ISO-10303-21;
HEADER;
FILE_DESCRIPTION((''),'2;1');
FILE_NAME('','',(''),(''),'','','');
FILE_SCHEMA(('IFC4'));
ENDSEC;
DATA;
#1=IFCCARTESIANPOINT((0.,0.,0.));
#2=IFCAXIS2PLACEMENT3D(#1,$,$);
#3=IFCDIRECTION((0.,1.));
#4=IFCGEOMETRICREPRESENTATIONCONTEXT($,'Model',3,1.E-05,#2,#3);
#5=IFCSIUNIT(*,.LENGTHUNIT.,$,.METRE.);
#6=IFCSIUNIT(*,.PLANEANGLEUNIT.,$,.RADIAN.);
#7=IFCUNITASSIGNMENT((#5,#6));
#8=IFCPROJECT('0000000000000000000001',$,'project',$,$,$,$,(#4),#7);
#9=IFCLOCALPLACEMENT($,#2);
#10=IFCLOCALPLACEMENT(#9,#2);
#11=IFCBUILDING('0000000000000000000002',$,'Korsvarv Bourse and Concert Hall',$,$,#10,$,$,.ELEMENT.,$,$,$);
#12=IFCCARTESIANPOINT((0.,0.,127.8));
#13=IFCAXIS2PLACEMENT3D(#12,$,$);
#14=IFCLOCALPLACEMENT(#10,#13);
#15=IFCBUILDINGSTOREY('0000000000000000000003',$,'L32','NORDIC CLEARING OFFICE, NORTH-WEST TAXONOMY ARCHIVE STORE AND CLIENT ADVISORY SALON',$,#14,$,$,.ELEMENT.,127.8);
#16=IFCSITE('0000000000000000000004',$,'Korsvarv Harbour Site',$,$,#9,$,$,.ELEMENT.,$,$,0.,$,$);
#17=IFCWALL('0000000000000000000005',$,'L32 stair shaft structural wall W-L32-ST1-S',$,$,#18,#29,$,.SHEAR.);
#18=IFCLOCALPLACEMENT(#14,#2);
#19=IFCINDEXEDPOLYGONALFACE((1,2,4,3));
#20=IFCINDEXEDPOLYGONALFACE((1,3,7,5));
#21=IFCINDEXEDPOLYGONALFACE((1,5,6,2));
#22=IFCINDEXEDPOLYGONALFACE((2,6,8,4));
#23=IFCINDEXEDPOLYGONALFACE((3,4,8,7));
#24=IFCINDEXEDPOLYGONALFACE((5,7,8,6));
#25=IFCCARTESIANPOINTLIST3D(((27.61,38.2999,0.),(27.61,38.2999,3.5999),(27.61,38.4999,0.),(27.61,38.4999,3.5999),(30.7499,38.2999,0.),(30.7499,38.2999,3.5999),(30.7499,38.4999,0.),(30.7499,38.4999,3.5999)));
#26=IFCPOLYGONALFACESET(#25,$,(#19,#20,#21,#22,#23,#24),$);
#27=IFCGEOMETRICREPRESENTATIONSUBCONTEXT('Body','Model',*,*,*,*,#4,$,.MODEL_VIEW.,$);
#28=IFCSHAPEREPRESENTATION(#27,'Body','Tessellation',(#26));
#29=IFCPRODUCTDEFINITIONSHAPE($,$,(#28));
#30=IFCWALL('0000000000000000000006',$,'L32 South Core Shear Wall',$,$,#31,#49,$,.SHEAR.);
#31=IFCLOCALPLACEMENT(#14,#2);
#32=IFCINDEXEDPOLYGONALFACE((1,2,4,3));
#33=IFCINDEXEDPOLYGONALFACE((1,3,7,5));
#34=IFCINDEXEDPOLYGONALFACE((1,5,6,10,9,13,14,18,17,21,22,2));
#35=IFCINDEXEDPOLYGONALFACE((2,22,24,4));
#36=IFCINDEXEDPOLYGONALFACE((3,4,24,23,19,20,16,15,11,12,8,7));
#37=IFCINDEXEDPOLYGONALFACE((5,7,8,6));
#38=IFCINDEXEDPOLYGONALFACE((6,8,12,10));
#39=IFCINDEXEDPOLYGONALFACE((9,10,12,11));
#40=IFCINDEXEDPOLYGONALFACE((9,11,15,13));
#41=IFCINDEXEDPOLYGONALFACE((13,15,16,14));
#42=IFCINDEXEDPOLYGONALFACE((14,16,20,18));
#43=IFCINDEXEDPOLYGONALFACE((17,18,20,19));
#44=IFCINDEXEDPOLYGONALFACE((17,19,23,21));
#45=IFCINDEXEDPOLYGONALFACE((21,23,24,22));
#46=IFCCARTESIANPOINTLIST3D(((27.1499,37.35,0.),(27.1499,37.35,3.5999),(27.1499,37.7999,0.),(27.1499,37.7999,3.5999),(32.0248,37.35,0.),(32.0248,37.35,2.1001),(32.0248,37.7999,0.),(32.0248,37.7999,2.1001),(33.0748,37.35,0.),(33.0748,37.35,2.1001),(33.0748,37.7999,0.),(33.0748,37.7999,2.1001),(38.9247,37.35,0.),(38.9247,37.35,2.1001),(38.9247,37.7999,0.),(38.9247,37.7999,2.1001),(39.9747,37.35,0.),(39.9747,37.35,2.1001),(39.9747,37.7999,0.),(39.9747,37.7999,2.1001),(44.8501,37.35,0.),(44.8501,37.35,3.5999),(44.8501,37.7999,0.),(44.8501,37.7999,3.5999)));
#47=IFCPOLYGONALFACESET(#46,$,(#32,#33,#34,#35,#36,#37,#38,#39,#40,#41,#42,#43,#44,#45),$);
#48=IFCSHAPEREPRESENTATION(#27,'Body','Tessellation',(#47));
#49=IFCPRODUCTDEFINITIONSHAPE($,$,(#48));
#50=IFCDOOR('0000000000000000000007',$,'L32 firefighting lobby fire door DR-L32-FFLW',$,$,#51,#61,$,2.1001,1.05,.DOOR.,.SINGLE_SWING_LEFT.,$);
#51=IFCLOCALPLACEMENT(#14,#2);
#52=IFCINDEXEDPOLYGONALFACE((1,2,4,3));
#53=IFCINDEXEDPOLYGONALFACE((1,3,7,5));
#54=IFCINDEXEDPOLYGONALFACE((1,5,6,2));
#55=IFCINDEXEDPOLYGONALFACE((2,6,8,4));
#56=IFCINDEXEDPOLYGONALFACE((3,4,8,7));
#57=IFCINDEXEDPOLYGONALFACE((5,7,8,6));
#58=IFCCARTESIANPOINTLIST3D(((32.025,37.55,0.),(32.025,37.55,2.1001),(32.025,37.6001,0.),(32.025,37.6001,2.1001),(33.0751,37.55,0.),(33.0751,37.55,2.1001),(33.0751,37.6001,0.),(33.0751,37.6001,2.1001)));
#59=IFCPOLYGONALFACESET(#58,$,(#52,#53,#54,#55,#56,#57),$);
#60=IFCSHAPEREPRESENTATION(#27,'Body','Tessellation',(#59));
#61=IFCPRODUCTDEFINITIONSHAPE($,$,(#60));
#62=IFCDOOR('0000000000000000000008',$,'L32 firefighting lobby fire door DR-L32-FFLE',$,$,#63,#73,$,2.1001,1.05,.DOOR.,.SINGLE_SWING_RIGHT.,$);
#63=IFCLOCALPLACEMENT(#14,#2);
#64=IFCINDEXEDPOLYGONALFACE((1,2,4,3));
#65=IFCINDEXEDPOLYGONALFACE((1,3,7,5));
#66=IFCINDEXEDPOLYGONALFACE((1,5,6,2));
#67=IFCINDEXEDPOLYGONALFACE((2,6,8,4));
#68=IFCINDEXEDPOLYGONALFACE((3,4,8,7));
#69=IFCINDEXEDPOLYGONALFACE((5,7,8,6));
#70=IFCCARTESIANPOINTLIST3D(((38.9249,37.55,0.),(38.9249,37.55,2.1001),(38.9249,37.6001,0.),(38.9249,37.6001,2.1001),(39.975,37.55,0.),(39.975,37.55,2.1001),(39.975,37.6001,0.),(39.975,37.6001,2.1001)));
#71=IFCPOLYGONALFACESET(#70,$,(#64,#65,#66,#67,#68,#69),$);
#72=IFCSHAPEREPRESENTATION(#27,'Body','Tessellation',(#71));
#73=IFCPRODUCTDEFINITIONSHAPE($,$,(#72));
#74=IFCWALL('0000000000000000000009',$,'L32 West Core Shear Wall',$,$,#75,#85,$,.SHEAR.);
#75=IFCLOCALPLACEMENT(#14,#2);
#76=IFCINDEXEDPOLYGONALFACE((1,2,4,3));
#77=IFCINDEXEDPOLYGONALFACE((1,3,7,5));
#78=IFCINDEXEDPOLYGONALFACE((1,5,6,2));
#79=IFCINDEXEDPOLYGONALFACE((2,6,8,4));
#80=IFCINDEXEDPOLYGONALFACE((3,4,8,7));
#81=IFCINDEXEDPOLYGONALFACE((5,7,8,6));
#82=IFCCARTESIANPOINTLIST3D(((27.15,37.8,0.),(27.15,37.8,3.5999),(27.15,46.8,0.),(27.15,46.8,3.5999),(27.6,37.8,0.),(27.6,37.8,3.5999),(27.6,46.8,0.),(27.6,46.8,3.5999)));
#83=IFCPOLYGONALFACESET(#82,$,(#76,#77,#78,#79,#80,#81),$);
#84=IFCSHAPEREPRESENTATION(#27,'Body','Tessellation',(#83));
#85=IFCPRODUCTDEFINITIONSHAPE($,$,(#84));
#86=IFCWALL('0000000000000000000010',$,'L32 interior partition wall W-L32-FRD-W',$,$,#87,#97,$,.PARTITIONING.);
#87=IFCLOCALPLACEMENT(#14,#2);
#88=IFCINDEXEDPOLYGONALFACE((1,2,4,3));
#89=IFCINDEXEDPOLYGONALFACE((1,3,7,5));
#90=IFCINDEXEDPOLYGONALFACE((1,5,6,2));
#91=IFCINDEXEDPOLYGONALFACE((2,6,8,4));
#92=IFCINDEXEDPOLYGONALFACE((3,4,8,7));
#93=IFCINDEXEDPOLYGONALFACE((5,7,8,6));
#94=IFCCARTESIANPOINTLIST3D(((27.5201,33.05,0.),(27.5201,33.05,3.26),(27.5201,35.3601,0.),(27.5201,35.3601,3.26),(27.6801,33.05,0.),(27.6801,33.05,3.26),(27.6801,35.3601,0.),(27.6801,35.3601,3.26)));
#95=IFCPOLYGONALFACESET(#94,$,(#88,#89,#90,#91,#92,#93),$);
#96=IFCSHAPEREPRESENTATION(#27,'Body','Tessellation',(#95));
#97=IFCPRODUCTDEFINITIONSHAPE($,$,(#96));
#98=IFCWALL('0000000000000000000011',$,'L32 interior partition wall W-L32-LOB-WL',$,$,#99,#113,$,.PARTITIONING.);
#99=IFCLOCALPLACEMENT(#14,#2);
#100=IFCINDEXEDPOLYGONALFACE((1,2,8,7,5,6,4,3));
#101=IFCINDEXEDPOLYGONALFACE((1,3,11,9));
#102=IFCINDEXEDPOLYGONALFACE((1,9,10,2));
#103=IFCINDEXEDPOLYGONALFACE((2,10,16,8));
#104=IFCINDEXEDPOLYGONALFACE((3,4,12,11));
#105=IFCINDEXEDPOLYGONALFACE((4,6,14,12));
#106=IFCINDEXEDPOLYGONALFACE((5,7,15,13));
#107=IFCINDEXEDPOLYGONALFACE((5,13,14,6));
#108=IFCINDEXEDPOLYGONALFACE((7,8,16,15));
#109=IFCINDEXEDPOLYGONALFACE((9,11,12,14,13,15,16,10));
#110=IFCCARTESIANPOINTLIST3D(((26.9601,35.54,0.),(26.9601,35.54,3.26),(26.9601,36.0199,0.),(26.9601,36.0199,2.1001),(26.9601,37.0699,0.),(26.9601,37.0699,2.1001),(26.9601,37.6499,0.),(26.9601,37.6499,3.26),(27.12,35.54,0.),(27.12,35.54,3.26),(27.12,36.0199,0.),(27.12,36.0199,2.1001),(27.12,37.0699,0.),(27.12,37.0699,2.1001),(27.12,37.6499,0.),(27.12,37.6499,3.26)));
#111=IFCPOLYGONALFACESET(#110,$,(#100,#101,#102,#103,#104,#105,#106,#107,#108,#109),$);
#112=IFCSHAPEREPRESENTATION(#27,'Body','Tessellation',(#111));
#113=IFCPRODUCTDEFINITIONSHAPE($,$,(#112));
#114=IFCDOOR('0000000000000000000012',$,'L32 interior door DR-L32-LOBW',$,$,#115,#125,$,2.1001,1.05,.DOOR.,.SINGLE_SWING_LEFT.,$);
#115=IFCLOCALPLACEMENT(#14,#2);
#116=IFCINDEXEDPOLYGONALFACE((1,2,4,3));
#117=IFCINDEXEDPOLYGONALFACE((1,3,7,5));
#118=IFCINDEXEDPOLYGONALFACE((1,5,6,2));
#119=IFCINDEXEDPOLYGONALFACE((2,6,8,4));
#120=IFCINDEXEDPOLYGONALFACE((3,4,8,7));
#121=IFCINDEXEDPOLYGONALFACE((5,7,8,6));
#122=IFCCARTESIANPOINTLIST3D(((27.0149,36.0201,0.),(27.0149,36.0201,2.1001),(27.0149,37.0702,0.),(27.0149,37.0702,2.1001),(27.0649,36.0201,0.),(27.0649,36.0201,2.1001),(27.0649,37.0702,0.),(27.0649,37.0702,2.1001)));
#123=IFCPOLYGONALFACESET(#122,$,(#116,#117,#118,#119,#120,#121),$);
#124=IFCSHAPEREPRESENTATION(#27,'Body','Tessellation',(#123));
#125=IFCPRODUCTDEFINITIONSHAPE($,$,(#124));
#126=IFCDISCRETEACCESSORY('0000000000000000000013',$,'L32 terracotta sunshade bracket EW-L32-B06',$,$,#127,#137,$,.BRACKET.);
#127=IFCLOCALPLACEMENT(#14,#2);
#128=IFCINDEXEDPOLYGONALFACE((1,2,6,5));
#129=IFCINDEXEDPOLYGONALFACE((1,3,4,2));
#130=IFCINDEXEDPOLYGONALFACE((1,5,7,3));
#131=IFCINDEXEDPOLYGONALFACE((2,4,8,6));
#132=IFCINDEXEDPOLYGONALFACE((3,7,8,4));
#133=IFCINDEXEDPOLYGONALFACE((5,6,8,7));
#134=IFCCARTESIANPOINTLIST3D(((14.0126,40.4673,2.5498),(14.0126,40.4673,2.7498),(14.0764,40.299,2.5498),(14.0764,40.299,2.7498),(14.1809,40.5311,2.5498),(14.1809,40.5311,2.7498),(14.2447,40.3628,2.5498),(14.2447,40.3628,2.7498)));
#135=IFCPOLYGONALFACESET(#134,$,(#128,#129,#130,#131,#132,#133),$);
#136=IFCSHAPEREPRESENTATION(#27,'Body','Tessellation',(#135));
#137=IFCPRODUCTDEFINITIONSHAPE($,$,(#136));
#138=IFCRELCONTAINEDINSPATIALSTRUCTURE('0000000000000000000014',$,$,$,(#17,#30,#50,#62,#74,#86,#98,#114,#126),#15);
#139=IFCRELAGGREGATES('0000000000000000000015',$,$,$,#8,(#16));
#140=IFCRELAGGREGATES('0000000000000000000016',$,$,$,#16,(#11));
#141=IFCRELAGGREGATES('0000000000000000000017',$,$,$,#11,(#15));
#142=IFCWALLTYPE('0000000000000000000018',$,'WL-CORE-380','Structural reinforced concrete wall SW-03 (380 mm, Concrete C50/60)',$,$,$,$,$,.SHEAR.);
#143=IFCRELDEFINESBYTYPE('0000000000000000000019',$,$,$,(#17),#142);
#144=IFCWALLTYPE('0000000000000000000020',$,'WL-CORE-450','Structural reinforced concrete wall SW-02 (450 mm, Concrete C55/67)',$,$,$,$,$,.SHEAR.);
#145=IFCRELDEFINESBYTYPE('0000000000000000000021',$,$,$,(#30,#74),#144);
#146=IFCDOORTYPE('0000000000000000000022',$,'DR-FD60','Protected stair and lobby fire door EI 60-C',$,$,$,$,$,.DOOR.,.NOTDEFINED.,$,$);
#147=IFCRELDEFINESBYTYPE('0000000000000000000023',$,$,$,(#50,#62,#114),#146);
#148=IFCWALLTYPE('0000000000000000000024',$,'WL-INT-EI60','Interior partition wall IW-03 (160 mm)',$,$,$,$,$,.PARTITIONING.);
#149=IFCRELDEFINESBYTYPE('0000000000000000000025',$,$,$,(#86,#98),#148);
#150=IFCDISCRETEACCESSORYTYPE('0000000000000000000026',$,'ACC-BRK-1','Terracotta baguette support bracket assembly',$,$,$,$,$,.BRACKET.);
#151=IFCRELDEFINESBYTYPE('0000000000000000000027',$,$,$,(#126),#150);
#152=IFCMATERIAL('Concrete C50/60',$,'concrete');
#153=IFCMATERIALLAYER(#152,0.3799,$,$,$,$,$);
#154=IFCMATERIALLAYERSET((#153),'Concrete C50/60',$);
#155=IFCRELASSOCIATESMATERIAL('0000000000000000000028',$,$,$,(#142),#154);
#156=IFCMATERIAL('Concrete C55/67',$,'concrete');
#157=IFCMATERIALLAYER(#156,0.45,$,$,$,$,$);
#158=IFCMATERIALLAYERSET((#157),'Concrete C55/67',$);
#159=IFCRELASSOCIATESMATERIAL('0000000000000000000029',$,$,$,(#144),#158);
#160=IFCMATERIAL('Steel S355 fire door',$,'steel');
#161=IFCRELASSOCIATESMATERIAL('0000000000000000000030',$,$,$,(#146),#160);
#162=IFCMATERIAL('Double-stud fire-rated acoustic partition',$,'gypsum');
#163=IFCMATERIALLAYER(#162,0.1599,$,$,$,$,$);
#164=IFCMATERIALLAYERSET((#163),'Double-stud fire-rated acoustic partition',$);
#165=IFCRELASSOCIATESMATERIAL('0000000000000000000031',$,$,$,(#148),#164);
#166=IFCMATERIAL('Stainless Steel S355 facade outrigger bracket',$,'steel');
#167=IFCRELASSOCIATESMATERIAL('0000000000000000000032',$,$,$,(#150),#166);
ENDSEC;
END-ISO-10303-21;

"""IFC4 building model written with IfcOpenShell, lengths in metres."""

from ifc_helpers import new_model, si_unit, direction, frame, frame_2d, origin, origin_2d, place, context, subcontext, project, spatial, rectangle, extrude, source, transform, mapped, material, layer, layer_set, type_object, element, fill, save


model = new_model("IFC4")

# Units and contexts
model_context = context("Model", 3, precision=1e-05, world=origin(), true_north=direction((0.0, 1.0)))
body_context = subcontext(model_context, "Body", "Model", "MODEL_VIEW")
ifc_project = project(units=[si_unit("LENGTHUNIT", "METRE"), si_unit("PLANEANGLEUNIT", "RADIAN")], contexts=[model_context])

# Site, building, storey
site_placement = place(None, origin())
site = spatial("IfcSite", under=ifc_project, at=site_placement, Name="Korsvarv Harbour Site", CompositionType="ELEMENT", RefElevation=0.0)
building_placement = place(site_placement, origin())
building = spatial("IfcBuilding", under=site, at=building_placement, Name="Korsvarv Bourse and Concert Hall", CompositionType="ELEMENT")
storey_placement = place(building_placement, frame((0.0, 0.0, 127.8)))
storey = spatial("IfcBuildingStorey", under=building, at=storey_placement, Name="L32", Description="NORDIC CLEARING OFFICE, NORTH-WEST TAXONOMY ARCHIVE STORE AND CLIENT ADVISORY SALON", CompositionType="ELEMENT", Elevation=127.8)

# Wall
ifc_material_1 = material(Name="Concrete C50/60", Category="concrete")
ifc_layer_1 = layer(ifc_material_1, 0.3799)
ifc_layer_set_1 = layer_set([ifc_layer_1], Name="Concrete C50/60")
wall_type_1 = type_object("IfcWallType", Name="WL-CORE-380", Description="Structural reinforced concrete wall SW-03 (380 mm, Concrete C50/60)", PredefinedType="SHEAR", material=ifc_layer_set_1)
wall_1_placement = place(storey_placement, frame((27.6101, 38.3999, 0.0), z_axis=(0.0, 0.0, 1.0), x_axis=(1.0, 0.0, 0.0)))
element("IfcWall", 1, at=wall_1_placement, inside=storey, type_object=wall_type_1, Name="L32 stair shaft structural wall W-L32-ST1-S", PredefinedType="SHEAR", context=body_context, shape_type="SweptSolid", body=[
    extrude(rectangle(XDim=3.1399, YDim=0.2, at=frame_2d((1.5698, 0.0))), origin(), (0.0, 0.0, 1.0), 3.5999),
])

# Wall, openings, doors
ifc_material_2 = material(Name="Concrete C55/67", Category="concrete")
ifc_layer_2 = layer(ifc_material_2, 0.45)
ifc_layer_set_2 = layer_set([ifc_layer_2], Name="Concrete C55/67")
wall_type_2 = type_object("IfcWallType", Name="WL-CORE-450", Description="Structural reinforced concrete wall SW-02 (450 mm, Concrete C55/67)", PredefinedType="SHEAR", material=ifc_layer_set_2)
wall_2_placement = place(storey_placement, frame((27.1499, 37.575, 0.0), z_axis=(0.0, 0.0, 1.0), x_axis=(1.0, 0.0, 0.0)))
wall_2 = element("IfcWall", 2, at=wall_2_placement, inside=storey, type_object=wall_type_2, Name="L32 South Core Shear Wall", PredefinedType="SHEAR", context=body_context, shape_type="SweptSolid", body=[
    extrude(rectangle(XDim=17.7002, YDim=0.45, at=frame_2d((8.8501, 0.0))), origin(), (0.0, 0.0, 1.0), 3.5999),
])
opening_1_placement = place(wall_2_placement, frame((4.875, 0.0, 0.0)))
opening_1 = element("IfcOpeningElement", 3, at=opening_1_placement, cuts=wall_2, PredefinedType="OPENING", context=body_context, shape_type="SweptSolid", body=[
    extrude(rectangle(XDim=1.05, YDim=2.1001, at=frame_2d((0.5249, 1.05))), frame((0.0, 0.2349, 0.0), z_axis=(0.0, -1.0, 0.0), x_axis=(1.0, 0.0, 0.0)), (0.0, 0.0, 1.0), 0.47),
])
opening_2_placement = place(wall_2_placement, frame((11.7749, 0.0, 0.0)))
opening_2 = element("IfcOpeningElement", 4, at=opening_2_placement, cuts=wall_2, PredefinedType="OPENING", context=body_context, shape_type="SweptSolid", body=[
    extrude(rectangle(XDim=1.05, YDim=2.1001, at=frame_2d((0.5249, 1.05))), frame((0.0, 0.2349, 0.0), z_axis=(0.0, -1.0, 0.0), x_axis=(1.0, 0.0, 0.0)), (0.0, 0.0, 1.0), 0.47),
])
ifc_material_3 = material(Name="Steel S355 fire door", Category="steel")
door_type = type_object("IfcDoorType", Name="DR-FD60", Description="Protected stair and lobby fire door EI 60-C", OperationType="NOTDEFINED", PredefinedType="DOOR", material=ifc_material_3)
door_1_placement = place(opening_1_placement, frame((1.05, 0.0, 0.0), z_axis=(0.0, 0.0, 1.0), x_axis=(-1.0, 0.0, 0.0)))
door_1 = element("IfcDoor", 5, at=door_1_placement, inside=storey, type_object=door_type, Name="L32 firefighting lobby fire door DR-L32-FFLW", OperationType="SINGLE_SWING_LEFT", OverallHeight=2.1001, OverallWidth=1.05, PredefinedType="DOOR", context=body_context, shape_type="SweptSolid", body=[
    extrude(rectangle(XDim=1.05, YDim=2.1001, at=frame_2d((0.5249, 1.05))), frame((0.0, 0.0249, 0.0), z_axis=(0.0, -1.0, 0.0), x_axis=(1.0, 0.0, 0.0)), (0.0, 0.0, 1.0), 0.05),
])
fill(opening_1, door_1)
door_2_placement = place(opening_2_placement, frame((1.05, 0.0, 0.0), z_axis=(0.0, 0.0, 1.0), x_axis=(-1.0, 0.0, 0.0)))
door_2 = element("IfcDoor", 6, at=door_2_placement, inside=storey, type_object=door_type, Name="L32 firefighting lobby fire door DR-L32-FFLE", OperationType="SINGLE_SWING_RIGHT", OverallHeight=2.1001, OverallWidth=1.05, PredefinedType="DOOR", context=body_context, shape_type="SweptSolid", body=[
    extrude(rectangle(XDim=1.05, YDim=2.1001, at=frame_2d((0.5249, 1.05))), frame((0.0, 0.0249, 0.0), z_axis=(0.0, -1.0, 0.0), x_axis=(1.0, 0.0, 0.0)), (0.0, 0.0, 1.0), 0.05),
])
fill(opening_2, door_2)

# Walls
wall_3_placement = place(storey_placement, frame((27.375, 37.8, 0.0), z_axis=(0.0, 0.0, 1.0), x_axis=(0.0, 1.0, 0.0)))
element("IfcWall", 7, at=wall_3_placement, inside=storey, type_object=wall_type_2, Name="L32 West Core Shear Wall", PredefinedType="SHEAR", context=body_context, shape_type="SweptSolid", body=[
    extrude(rectangle(XDim=9.0, YDim=0.45, at=frame_2d((4.5, 0.0))), origin(), (0.0, 0.0, 1.0), 3.5999),
])
ifc_material_4 = material(Name="Double-stud fire-rated acoustic partition", Category="gypsum")
ifc_layer_3 = layer(ifc_material_4, 0.1599)
ifc_layer_set_3 = layer_set([ifc_layer_3], Name="Double-stud fire-rated acoustic partition")
wall_type_3 = type_object("IfcWallType", Name="WL-INT-EI60", Description="Interior partition wall IW-03 (160 mm)", PredefinedType="PARTITIONING", material=ifc_layer_set_3)
wall_4_placement = place(storey_placement, frame((27.6001, 33.05, 0.0), z_axis=(0.0, 0.0, 1.0), x_axis=(0.0, 1.0, 0.0)))
element("IfcWall", 8, at=wall_4_placement, inside=storey, type_object=wall_type_3, Name="L32 interior partition wall W-L32-FRD-W", PredefinedType="PARTITIONING", context=body_context, shape_type="SweptSolid", body=[
    extrude(rectangle(XDim=2.3101, YDim=0.1599, at=frame_2d((1.155, 0.0))), origin(), (0.0, 0.0, 1.0), 3.26),
])

# Wall, opening, door
wall_5_placement = place(storey_placement, frame((27.04, 35.54, 0.0), z_axis=(0.0, 0.0, 1.0), x_axis=(0.0, 1.0, 0.0)))
wall_5 = element("IfcWall", 9, at=wall_5_placement, inside=storey, type_object=wall_type_3, Name="L32 interior partition wall W-L32-LOB-WL", PredefinedType="PARTITIONING", context=body_context, shape_type="SweptSolid", body=[
    extrude(rectangle(XDim=2.1099, YDim=0.1599, at=frame_2d((1.0549, 0.0))), origin(), (0.0, 0.0, 1.0), 3.26),
])
opening_3_placement = place(wall_5_placement, frame((0.48, 0.0, 0.0)))
opening_3 = element("IfcOpeningElement", 10, at=opening_3_placement, cuts=wall_5, PredefinedType="OPENING", context=body_context, shape_type="SweptSolid", body=[
    extrude(rectangle(XDim=1.05, YDim=2.1001, at=frame_2d((0.5249, 1.05))), frame((0.0, 0.0898, 0.0), z_axis=(0.0, -1.0, 0.0), x_axis=(1.0, 0.0, 0.0)), (0.0, 0.0, 1.0), 0.1799),
])
door_3_placement = place(opening_3_placement, frame((1.05, 0.0, 0.0), z_axis=(0.0, 0.0, 1.0), x_axis=(-1.0, 0.0, 0.0)))
door_3 = element("IfcDoor", 11, at=door_3_placement, inside=storey, type_object=door_type, Name="L32 interior door DR-L32-LOBW", OperationType="SINGLE_SWING_LEFT", OverallHeight=2.1001, OverallWidth=1.05, PredefinedType="DOOR", context=body_context, shape_type="SweptSolid", body=[
    extrude(rectangle(XDim=1.05, YDim=2.1001, at=frame_2d((0.5249, 1.05))), frame((0.0, 0.0249, 0.0), z_axis=(0.0, -1.0, 0.0), x_axis=(1.0, 0.0, 0.0)), (0.0, 0.0, 1.0), 0.05),
])
fill(opening_3, door_3)

# Discrete accessory
ifc_material_5 = material(Name="Stainless Steel S355 facade outrigger bracket", Category="steel")
discrete_accessory_type = type_object("IfcDiscreteAccessoryType", Name="ACC-BRK-1", Description="Terracotta baguette support bracket assembly", PredefinedType="BRACKET", material=ifc_material_5)
shared_shape_1 = source(origin(), body_context, "Body", "SweptSolid", [
    extrude(rectangle(XDim=0.1799, YDim=0.1799, at=origin_2d()), origin(), (0.0, 0.0, 1.0), 0.2),
])
discrete_accessory_placement = place(storey_placement, frame((14.1287, 40.415, 2.5498), z_axis=(0.0, 0.0, 1.0), x_axis=(0.354454, -0.935073, 0.0)))
element("IfcDiscreteAccessory", 12, at=discrete_accessory_placement, inside=storey, type_object=discrete_accessory_type, Name="L32 terracotta sunshade bracket EW-L32-B06", PredefinedType="BRACKET", context=body_context, shape_type="MappedRepresentation", body=[
    mapped(shared_shape_1, transform((0.0, 0.0, 0.0), scale=1.0)),
])

save(model, "model.ifc")
